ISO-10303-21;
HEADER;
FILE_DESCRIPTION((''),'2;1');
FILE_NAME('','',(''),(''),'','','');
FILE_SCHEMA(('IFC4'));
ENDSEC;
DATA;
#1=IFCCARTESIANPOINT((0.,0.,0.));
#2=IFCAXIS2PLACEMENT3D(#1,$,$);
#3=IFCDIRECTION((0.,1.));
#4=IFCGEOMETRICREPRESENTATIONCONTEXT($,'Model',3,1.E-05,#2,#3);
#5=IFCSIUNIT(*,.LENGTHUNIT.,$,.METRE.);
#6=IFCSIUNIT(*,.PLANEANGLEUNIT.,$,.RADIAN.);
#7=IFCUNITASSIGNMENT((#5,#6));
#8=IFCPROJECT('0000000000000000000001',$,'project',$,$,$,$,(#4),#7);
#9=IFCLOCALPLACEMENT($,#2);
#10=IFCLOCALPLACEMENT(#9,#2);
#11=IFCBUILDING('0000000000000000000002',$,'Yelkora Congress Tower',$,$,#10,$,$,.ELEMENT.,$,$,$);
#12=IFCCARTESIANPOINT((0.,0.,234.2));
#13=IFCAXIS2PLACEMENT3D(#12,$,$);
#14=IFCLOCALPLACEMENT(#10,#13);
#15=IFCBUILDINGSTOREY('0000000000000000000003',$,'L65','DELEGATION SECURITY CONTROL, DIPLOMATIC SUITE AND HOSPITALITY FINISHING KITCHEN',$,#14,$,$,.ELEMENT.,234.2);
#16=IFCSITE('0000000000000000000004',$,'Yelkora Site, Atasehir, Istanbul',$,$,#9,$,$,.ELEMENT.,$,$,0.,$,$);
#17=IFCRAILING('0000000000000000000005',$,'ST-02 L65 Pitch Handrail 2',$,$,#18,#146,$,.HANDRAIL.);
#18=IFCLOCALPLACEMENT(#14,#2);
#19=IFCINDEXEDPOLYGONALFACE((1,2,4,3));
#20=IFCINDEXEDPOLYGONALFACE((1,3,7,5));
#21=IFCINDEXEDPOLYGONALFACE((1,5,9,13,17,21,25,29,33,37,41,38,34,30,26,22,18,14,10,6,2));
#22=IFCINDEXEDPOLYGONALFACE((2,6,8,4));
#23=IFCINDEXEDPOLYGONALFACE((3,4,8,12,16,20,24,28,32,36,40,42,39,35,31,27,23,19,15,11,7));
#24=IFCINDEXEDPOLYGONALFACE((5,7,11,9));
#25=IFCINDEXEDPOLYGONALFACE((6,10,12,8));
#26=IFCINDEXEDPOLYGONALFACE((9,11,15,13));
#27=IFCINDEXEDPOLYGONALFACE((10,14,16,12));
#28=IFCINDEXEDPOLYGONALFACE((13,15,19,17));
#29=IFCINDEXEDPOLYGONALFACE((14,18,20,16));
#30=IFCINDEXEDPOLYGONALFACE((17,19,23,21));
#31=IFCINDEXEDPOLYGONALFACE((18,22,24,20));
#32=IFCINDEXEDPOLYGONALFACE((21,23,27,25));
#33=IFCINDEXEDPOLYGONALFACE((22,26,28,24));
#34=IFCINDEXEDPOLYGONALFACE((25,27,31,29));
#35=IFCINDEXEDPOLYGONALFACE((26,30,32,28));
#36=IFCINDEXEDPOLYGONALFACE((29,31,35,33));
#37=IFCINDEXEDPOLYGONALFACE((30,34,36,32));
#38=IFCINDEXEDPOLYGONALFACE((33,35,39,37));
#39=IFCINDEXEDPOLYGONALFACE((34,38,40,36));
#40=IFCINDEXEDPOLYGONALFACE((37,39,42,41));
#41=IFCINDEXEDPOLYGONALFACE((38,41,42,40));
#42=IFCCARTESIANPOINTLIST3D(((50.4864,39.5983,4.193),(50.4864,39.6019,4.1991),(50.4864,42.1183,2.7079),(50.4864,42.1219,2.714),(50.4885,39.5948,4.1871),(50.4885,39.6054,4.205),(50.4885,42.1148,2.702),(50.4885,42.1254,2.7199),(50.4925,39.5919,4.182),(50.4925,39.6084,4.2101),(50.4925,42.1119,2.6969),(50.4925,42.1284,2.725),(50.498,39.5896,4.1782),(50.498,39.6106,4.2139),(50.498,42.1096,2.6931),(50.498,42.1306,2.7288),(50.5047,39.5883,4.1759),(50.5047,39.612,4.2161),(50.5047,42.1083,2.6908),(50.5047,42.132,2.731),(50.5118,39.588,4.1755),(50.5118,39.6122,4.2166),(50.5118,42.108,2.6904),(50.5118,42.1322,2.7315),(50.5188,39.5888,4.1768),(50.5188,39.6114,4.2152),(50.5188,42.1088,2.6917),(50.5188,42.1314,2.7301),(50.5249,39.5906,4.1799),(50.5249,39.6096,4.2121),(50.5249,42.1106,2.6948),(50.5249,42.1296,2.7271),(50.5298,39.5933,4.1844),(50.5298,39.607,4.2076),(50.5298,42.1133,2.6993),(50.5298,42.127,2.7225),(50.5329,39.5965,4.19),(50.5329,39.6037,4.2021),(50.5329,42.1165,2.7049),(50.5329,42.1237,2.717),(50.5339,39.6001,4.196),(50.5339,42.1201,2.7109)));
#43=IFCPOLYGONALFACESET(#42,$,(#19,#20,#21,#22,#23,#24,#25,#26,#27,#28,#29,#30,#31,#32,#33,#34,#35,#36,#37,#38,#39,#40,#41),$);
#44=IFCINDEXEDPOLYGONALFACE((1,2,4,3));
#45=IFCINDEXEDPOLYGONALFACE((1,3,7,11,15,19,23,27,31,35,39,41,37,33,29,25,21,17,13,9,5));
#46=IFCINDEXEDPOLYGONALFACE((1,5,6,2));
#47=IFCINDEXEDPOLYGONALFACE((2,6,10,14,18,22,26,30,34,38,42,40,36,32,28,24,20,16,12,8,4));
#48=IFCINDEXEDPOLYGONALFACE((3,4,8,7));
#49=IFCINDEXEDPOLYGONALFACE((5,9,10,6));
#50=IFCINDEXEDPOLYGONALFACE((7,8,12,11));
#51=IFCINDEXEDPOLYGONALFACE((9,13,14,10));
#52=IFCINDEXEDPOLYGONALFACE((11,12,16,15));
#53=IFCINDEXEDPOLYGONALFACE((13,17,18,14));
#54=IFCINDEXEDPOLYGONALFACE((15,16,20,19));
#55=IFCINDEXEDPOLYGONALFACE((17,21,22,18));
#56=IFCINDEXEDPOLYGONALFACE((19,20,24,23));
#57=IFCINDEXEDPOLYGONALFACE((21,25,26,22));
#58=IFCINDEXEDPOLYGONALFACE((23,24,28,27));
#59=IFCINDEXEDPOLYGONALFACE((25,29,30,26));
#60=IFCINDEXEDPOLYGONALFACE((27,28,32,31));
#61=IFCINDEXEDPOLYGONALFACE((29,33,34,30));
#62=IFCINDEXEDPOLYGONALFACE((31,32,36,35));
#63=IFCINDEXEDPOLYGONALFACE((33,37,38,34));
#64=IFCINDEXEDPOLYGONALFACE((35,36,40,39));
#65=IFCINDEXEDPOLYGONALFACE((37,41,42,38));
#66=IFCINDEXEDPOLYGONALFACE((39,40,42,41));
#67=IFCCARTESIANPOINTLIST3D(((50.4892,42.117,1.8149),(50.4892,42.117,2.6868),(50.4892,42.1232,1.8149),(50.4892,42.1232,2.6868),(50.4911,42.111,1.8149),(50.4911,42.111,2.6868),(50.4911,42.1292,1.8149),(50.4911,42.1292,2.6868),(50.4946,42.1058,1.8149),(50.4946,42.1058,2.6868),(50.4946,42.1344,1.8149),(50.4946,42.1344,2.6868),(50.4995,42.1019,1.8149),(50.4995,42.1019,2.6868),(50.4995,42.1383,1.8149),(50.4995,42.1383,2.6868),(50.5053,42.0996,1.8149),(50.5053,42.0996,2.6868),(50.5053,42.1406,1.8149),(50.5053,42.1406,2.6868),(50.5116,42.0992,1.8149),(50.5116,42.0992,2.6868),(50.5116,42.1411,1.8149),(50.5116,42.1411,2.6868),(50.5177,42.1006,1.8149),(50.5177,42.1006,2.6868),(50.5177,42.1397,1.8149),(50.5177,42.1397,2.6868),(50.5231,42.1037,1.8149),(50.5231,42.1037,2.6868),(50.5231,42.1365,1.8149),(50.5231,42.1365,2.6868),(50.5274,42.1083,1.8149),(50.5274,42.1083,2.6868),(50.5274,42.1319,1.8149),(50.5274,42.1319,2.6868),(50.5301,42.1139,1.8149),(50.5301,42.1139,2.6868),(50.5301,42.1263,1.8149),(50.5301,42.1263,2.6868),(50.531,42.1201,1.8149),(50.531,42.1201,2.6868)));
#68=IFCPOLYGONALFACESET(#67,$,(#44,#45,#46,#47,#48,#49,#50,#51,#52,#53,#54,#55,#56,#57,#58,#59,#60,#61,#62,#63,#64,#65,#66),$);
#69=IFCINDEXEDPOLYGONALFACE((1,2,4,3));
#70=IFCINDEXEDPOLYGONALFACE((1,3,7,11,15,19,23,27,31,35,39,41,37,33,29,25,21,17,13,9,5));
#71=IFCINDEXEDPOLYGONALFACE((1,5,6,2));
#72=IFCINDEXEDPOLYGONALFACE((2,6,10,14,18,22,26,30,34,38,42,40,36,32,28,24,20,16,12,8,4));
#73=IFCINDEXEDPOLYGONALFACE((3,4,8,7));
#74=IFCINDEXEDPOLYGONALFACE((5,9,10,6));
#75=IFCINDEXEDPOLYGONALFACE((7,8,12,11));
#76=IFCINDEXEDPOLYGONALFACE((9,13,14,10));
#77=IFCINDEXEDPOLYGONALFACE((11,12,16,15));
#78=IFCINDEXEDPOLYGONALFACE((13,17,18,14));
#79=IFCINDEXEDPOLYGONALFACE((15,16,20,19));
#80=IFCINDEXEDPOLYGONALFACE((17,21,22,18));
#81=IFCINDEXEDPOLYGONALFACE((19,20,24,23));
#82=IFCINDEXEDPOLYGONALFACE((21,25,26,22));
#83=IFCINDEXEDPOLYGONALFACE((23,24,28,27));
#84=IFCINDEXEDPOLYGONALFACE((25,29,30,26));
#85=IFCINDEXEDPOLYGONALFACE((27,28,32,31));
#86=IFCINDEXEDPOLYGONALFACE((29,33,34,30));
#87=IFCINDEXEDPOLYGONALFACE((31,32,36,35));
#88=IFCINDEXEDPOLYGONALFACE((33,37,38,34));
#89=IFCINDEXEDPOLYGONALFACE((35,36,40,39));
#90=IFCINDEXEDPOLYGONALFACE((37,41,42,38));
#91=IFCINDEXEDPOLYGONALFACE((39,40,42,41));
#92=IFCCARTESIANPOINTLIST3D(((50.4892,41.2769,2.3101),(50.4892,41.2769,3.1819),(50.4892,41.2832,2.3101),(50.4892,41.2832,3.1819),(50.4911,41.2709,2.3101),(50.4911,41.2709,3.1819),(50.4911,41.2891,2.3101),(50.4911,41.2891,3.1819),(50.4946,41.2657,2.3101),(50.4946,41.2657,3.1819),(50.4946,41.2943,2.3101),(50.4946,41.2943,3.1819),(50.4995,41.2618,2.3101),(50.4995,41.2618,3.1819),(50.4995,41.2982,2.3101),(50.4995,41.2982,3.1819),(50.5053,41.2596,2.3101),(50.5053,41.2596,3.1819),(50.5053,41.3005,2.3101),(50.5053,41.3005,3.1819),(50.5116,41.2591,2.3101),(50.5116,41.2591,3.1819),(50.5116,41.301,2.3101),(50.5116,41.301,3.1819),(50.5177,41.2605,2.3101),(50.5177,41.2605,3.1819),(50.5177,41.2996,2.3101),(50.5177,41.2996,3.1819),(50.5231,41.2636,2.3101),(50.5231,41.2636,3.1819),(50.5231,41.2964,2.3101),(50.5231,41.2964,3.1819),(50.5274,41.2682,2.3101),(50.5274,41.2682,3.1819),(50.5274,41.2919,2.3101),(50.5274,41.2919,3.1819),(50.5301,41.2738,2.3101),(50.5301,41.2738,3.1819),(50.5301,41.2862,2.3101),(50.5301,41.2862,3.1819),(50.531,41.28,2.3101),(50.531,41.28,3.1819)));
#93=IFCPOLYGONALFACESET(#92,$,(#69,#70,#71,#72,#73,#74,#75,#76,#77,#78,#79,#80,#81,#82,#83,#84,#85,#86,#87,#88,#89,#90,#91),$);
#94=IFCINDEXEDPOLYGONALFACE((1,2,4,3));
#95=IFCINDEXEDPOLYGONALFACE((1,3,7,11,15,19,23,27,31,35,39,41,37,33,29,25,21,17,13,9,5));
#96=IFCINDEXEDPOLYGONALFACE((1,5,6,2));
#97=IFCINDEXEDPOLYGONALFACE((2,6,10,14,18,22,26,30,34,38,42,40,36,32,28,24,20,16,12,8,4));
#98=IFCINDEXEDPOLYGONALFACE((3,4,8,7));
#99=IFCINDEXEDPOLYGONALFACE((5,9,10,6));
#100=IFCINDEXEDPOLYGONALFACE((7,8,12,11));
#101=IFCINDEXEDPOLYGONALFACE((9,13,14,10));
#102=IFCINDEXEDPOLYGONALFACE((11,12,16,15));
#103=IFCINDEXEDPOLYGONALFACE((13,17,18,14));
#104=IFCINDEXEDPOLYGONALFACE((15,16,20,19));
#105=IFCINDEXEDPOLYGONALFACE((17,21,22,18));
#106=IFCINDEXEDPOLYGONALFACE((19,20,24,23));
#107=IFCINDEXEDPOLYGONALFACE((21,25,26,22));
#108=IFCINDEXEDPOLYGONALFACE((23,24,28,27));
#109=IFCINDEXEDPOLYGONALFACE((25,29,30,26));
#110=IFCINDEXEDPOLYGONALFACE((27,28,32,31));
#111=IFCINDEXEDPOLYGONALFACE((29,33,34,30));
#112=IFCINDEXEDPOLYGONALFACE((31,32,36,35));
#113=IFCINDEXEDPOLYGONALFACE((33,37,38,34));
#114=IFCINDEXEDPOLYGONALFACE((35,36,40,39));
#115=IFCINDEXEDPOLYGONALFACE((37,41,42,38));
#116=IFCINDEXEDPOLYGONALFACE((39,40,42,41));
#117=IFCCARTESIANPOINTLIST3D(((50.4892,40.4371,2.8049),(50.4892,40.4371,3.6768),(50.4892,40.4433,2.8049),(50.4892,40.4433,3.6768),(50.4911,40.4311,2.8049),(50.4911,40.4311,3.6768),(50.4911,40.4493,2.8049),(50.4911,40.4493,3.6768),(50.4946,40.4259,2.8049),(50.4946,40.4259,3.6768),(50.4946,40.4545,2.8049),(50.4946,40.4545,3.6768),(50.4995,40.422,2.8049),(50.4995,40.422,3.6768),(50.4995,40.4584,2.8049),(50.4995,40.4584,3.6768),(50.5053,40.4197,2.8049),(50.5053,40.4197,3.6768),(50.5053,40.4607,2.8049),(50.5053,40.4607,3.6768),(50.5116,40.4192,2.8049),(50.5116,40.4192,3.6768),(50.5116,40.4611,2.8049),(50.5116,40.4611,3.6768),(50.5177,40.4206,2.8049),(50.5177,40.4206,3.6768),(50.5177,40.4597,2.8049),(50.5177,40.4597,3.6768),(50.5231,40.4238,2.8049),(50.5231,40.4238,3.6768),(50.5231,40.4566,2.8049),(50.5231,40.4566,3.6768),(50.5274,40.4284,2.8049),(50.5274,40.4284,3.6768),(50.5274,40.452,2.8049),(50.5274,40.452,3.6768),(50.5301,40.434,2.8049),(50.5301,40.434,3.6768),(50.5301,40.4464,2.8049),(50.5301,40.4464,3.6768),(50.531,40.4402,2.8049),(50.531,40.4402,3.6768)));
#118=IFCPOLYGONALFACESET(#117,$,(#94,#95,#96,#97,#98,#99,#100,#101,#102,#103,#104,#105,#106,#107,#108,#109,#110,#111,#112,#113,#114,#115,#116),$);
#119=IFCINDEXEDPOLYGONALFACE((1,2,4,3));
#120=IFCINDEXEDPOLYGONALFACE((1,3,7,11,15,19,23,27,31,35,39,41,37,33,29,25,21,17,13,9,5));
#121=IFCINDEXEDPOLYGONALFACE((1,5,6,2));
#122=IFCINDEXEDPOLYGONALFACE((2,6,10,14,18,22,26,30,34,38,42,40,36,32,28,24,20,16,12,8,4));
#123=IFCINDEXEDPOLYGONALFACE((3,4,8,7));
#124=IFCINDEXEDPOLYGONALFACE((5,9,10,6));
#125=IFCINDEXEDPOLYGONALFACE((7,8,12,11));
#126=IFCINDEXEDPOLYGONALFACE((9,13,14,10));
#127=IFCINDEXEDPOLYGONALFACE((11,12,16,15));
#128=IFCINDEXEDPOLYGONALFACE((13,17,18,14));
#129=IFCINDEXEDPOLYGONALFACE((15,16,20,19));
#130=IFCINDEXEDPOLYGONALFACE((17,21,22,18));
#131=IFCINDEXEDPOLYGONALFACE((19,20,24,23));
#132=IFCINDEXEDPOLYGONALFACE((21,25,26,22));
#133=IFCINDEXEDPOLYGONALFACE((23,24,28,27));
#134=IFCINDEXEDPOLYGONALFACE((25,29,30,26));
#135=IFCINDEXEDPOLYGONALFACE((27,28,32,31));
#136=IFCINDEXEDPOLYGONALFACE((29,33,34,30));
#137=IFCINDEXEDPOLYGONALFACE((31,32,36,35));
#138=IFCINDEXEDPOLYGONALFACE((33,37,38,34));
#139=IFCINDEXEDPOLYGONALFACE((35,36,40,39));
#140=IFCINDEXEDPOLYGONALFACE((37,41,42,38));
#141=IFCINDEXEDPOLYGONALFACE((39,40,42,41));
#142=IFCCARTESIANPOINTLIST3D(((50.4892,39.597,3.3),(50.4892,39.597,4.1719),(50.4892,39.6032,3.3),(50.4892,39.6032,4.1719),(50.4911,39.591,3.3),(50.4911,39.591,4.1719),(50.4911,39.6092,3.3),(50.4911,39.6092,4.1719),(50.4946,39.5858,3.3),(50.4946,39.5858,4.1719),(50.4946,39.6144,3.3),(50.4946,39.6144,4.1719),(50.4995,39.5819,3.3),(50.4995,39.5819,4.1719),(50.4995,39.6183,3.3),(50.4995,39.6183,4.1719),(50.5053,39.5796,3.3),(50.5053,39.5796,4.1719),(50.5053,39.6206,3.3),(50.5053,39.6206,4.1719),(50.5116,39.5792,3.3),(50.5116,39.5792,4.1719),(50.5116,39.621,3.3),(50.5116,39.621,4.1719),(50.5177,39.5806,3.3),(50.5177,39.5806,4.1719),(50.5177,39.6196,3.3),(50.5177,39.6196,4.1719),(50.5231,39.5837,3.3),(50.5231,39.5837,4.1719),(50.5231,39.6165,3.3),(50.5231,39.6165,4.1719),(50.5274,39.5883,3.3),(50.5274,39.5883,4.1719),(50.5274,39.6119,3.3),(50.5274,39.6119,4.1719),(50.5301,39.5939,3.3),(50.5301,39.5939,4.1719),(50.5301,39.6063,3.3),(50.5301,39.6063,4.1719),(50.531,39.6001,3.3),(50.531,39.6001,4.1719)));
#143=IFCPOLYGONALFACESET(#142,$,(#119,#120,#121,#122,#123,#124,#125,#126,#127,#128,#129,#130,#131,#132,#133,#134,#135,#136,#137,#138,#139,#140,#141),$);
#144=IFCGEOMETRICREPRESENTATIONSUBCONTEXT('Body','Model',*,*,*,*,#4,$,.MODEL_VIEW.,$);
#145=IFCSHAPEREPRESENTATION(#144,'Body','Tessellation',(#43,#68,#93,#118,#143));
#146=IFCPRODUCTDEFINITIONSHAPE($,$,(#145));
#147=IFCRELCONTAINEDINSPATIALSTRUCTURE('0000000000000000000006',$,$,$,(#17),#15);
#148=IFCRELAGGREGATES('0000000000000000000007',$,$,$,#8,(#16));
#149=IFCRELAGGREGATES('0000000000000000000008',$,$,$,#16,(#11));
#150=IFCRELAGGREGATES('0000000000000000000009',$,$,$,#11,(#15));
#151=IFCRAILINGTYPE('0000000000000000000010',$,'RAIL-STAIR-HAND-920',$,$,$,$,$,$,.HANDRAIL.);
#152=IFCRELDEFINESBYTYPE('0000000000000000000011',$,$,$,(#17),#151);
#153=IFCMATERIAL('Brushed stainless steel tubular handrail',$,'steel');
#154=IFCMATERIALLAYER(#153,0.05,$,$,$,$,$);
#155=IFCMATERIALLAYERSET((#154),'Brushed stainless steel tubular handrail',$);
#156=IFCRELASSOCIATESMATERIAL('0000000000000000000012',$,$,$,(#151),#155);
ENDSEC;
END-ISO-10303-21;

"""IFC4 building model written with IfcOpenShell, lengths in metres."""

from ifc_helpers import new_model, si_unit, direction, frame, origin, origin_2d, place, context, subcontext, project, spatial, circle, extrude, material, layer, layer_set, type_object, element, save


model = new_model("IFC4")

# Units and contexts
model_context = context("Model", 3, precision=1e-05, world=origin(), true_north=direction((0.0, 1.0)))
body_context = subcontext(model_context, "Body", "Model", "MODEL_VIEW")
ifc_project = project(units=[si_unit("LENGTHUNIT", "METRE"), si_unit("PLANEANGLEUNIT", "RADIAN")], contexts=[model_context])

# Site, building, storey
site_placement = place(None, origin())
site = spatial("IfcSite", under=ifc_project, at=site_placement, Name="Yelkora Site, Atasehir, Istanbul", CompositionType="ELEMENT", RefElevation=0.0)
building_placement = place(site_placement, origin())
building = spatial("IfcBuilding", under=site, at=building_placement, Name="Yelkora Congress Tower", CompositionType="ELEMENT")
storey_placement = place(building_placement, frame((0.0, 0.0, 234.2)))
storey = spatial("IfcBuildingStorey", under=building, at=storey_placement, Name="L65", Description="DELEGATION SECURITY CONTROL, DIPLOMATIC SUITE AND HOSPITALITY FINISHING KITCHEN", CompositionType="ELEMENT", Elevation=234.2)

# Railing
ifc_material_1 = material(Name="Brushed stainless steel tubular handrail", Category="steel")
ifc_layer_1 = layer(ifc_material_1, 0.05)
ifc_layer_set_1 = layer_set([ifc_layer_1], Name="Brushed stainless steel tubular handrail")
railing_type_1 = type_object("IfcRailingType", Name="RAIL-STAIR-HAND-920", PredefinedType="HANDRAIL", material=ifc_layer_set_1)
railing_1_placement = place(storey_placement, frame((50.51, 42.1201, 1.8149)))
element("IfcRailing", 1, at=railing_1_placement, inside=storey, type_object=railing_type_1, Name="ST-02 L65 Pitch Handrail 2", PredefinedType="HANDRAIL", context=body_context, shape_type="SweptSolid", body=[
    extrude(circle(Radius=0.0239, at=origin_2d()), frame((0.0, 0.0, 0.896), z_axis=(0.0, -0.861524, 0.507717), x_axis=(1.0, 0.0, 0.0)), (0.0, 0.0, 1.0), 2.925),
    extrude(circle(Radius=0.021, at=origin_2d()), origin(), (0.0, 0.0, 1.0), 0.8718),
    extrude(circle(Radius=0.021, at=origin_2d()), frame((0.0, -0.8401, 0.4951)), (0.0, 0.0, 1.0), 0.8718),
    extrude(circle(Radius=0.021, at=origin_2d()), frame((0.0, -1.6799, 0.99)), (0.0, 0.0, 1.0), 0.8718),
    extrude(circle(Radius=0.021, at=origin_2d()), frame((0.0, -2.52, 1.4851)), (0.0, 0.0, 1.0), 0.8718),
])

save(model, "model.ifc")
